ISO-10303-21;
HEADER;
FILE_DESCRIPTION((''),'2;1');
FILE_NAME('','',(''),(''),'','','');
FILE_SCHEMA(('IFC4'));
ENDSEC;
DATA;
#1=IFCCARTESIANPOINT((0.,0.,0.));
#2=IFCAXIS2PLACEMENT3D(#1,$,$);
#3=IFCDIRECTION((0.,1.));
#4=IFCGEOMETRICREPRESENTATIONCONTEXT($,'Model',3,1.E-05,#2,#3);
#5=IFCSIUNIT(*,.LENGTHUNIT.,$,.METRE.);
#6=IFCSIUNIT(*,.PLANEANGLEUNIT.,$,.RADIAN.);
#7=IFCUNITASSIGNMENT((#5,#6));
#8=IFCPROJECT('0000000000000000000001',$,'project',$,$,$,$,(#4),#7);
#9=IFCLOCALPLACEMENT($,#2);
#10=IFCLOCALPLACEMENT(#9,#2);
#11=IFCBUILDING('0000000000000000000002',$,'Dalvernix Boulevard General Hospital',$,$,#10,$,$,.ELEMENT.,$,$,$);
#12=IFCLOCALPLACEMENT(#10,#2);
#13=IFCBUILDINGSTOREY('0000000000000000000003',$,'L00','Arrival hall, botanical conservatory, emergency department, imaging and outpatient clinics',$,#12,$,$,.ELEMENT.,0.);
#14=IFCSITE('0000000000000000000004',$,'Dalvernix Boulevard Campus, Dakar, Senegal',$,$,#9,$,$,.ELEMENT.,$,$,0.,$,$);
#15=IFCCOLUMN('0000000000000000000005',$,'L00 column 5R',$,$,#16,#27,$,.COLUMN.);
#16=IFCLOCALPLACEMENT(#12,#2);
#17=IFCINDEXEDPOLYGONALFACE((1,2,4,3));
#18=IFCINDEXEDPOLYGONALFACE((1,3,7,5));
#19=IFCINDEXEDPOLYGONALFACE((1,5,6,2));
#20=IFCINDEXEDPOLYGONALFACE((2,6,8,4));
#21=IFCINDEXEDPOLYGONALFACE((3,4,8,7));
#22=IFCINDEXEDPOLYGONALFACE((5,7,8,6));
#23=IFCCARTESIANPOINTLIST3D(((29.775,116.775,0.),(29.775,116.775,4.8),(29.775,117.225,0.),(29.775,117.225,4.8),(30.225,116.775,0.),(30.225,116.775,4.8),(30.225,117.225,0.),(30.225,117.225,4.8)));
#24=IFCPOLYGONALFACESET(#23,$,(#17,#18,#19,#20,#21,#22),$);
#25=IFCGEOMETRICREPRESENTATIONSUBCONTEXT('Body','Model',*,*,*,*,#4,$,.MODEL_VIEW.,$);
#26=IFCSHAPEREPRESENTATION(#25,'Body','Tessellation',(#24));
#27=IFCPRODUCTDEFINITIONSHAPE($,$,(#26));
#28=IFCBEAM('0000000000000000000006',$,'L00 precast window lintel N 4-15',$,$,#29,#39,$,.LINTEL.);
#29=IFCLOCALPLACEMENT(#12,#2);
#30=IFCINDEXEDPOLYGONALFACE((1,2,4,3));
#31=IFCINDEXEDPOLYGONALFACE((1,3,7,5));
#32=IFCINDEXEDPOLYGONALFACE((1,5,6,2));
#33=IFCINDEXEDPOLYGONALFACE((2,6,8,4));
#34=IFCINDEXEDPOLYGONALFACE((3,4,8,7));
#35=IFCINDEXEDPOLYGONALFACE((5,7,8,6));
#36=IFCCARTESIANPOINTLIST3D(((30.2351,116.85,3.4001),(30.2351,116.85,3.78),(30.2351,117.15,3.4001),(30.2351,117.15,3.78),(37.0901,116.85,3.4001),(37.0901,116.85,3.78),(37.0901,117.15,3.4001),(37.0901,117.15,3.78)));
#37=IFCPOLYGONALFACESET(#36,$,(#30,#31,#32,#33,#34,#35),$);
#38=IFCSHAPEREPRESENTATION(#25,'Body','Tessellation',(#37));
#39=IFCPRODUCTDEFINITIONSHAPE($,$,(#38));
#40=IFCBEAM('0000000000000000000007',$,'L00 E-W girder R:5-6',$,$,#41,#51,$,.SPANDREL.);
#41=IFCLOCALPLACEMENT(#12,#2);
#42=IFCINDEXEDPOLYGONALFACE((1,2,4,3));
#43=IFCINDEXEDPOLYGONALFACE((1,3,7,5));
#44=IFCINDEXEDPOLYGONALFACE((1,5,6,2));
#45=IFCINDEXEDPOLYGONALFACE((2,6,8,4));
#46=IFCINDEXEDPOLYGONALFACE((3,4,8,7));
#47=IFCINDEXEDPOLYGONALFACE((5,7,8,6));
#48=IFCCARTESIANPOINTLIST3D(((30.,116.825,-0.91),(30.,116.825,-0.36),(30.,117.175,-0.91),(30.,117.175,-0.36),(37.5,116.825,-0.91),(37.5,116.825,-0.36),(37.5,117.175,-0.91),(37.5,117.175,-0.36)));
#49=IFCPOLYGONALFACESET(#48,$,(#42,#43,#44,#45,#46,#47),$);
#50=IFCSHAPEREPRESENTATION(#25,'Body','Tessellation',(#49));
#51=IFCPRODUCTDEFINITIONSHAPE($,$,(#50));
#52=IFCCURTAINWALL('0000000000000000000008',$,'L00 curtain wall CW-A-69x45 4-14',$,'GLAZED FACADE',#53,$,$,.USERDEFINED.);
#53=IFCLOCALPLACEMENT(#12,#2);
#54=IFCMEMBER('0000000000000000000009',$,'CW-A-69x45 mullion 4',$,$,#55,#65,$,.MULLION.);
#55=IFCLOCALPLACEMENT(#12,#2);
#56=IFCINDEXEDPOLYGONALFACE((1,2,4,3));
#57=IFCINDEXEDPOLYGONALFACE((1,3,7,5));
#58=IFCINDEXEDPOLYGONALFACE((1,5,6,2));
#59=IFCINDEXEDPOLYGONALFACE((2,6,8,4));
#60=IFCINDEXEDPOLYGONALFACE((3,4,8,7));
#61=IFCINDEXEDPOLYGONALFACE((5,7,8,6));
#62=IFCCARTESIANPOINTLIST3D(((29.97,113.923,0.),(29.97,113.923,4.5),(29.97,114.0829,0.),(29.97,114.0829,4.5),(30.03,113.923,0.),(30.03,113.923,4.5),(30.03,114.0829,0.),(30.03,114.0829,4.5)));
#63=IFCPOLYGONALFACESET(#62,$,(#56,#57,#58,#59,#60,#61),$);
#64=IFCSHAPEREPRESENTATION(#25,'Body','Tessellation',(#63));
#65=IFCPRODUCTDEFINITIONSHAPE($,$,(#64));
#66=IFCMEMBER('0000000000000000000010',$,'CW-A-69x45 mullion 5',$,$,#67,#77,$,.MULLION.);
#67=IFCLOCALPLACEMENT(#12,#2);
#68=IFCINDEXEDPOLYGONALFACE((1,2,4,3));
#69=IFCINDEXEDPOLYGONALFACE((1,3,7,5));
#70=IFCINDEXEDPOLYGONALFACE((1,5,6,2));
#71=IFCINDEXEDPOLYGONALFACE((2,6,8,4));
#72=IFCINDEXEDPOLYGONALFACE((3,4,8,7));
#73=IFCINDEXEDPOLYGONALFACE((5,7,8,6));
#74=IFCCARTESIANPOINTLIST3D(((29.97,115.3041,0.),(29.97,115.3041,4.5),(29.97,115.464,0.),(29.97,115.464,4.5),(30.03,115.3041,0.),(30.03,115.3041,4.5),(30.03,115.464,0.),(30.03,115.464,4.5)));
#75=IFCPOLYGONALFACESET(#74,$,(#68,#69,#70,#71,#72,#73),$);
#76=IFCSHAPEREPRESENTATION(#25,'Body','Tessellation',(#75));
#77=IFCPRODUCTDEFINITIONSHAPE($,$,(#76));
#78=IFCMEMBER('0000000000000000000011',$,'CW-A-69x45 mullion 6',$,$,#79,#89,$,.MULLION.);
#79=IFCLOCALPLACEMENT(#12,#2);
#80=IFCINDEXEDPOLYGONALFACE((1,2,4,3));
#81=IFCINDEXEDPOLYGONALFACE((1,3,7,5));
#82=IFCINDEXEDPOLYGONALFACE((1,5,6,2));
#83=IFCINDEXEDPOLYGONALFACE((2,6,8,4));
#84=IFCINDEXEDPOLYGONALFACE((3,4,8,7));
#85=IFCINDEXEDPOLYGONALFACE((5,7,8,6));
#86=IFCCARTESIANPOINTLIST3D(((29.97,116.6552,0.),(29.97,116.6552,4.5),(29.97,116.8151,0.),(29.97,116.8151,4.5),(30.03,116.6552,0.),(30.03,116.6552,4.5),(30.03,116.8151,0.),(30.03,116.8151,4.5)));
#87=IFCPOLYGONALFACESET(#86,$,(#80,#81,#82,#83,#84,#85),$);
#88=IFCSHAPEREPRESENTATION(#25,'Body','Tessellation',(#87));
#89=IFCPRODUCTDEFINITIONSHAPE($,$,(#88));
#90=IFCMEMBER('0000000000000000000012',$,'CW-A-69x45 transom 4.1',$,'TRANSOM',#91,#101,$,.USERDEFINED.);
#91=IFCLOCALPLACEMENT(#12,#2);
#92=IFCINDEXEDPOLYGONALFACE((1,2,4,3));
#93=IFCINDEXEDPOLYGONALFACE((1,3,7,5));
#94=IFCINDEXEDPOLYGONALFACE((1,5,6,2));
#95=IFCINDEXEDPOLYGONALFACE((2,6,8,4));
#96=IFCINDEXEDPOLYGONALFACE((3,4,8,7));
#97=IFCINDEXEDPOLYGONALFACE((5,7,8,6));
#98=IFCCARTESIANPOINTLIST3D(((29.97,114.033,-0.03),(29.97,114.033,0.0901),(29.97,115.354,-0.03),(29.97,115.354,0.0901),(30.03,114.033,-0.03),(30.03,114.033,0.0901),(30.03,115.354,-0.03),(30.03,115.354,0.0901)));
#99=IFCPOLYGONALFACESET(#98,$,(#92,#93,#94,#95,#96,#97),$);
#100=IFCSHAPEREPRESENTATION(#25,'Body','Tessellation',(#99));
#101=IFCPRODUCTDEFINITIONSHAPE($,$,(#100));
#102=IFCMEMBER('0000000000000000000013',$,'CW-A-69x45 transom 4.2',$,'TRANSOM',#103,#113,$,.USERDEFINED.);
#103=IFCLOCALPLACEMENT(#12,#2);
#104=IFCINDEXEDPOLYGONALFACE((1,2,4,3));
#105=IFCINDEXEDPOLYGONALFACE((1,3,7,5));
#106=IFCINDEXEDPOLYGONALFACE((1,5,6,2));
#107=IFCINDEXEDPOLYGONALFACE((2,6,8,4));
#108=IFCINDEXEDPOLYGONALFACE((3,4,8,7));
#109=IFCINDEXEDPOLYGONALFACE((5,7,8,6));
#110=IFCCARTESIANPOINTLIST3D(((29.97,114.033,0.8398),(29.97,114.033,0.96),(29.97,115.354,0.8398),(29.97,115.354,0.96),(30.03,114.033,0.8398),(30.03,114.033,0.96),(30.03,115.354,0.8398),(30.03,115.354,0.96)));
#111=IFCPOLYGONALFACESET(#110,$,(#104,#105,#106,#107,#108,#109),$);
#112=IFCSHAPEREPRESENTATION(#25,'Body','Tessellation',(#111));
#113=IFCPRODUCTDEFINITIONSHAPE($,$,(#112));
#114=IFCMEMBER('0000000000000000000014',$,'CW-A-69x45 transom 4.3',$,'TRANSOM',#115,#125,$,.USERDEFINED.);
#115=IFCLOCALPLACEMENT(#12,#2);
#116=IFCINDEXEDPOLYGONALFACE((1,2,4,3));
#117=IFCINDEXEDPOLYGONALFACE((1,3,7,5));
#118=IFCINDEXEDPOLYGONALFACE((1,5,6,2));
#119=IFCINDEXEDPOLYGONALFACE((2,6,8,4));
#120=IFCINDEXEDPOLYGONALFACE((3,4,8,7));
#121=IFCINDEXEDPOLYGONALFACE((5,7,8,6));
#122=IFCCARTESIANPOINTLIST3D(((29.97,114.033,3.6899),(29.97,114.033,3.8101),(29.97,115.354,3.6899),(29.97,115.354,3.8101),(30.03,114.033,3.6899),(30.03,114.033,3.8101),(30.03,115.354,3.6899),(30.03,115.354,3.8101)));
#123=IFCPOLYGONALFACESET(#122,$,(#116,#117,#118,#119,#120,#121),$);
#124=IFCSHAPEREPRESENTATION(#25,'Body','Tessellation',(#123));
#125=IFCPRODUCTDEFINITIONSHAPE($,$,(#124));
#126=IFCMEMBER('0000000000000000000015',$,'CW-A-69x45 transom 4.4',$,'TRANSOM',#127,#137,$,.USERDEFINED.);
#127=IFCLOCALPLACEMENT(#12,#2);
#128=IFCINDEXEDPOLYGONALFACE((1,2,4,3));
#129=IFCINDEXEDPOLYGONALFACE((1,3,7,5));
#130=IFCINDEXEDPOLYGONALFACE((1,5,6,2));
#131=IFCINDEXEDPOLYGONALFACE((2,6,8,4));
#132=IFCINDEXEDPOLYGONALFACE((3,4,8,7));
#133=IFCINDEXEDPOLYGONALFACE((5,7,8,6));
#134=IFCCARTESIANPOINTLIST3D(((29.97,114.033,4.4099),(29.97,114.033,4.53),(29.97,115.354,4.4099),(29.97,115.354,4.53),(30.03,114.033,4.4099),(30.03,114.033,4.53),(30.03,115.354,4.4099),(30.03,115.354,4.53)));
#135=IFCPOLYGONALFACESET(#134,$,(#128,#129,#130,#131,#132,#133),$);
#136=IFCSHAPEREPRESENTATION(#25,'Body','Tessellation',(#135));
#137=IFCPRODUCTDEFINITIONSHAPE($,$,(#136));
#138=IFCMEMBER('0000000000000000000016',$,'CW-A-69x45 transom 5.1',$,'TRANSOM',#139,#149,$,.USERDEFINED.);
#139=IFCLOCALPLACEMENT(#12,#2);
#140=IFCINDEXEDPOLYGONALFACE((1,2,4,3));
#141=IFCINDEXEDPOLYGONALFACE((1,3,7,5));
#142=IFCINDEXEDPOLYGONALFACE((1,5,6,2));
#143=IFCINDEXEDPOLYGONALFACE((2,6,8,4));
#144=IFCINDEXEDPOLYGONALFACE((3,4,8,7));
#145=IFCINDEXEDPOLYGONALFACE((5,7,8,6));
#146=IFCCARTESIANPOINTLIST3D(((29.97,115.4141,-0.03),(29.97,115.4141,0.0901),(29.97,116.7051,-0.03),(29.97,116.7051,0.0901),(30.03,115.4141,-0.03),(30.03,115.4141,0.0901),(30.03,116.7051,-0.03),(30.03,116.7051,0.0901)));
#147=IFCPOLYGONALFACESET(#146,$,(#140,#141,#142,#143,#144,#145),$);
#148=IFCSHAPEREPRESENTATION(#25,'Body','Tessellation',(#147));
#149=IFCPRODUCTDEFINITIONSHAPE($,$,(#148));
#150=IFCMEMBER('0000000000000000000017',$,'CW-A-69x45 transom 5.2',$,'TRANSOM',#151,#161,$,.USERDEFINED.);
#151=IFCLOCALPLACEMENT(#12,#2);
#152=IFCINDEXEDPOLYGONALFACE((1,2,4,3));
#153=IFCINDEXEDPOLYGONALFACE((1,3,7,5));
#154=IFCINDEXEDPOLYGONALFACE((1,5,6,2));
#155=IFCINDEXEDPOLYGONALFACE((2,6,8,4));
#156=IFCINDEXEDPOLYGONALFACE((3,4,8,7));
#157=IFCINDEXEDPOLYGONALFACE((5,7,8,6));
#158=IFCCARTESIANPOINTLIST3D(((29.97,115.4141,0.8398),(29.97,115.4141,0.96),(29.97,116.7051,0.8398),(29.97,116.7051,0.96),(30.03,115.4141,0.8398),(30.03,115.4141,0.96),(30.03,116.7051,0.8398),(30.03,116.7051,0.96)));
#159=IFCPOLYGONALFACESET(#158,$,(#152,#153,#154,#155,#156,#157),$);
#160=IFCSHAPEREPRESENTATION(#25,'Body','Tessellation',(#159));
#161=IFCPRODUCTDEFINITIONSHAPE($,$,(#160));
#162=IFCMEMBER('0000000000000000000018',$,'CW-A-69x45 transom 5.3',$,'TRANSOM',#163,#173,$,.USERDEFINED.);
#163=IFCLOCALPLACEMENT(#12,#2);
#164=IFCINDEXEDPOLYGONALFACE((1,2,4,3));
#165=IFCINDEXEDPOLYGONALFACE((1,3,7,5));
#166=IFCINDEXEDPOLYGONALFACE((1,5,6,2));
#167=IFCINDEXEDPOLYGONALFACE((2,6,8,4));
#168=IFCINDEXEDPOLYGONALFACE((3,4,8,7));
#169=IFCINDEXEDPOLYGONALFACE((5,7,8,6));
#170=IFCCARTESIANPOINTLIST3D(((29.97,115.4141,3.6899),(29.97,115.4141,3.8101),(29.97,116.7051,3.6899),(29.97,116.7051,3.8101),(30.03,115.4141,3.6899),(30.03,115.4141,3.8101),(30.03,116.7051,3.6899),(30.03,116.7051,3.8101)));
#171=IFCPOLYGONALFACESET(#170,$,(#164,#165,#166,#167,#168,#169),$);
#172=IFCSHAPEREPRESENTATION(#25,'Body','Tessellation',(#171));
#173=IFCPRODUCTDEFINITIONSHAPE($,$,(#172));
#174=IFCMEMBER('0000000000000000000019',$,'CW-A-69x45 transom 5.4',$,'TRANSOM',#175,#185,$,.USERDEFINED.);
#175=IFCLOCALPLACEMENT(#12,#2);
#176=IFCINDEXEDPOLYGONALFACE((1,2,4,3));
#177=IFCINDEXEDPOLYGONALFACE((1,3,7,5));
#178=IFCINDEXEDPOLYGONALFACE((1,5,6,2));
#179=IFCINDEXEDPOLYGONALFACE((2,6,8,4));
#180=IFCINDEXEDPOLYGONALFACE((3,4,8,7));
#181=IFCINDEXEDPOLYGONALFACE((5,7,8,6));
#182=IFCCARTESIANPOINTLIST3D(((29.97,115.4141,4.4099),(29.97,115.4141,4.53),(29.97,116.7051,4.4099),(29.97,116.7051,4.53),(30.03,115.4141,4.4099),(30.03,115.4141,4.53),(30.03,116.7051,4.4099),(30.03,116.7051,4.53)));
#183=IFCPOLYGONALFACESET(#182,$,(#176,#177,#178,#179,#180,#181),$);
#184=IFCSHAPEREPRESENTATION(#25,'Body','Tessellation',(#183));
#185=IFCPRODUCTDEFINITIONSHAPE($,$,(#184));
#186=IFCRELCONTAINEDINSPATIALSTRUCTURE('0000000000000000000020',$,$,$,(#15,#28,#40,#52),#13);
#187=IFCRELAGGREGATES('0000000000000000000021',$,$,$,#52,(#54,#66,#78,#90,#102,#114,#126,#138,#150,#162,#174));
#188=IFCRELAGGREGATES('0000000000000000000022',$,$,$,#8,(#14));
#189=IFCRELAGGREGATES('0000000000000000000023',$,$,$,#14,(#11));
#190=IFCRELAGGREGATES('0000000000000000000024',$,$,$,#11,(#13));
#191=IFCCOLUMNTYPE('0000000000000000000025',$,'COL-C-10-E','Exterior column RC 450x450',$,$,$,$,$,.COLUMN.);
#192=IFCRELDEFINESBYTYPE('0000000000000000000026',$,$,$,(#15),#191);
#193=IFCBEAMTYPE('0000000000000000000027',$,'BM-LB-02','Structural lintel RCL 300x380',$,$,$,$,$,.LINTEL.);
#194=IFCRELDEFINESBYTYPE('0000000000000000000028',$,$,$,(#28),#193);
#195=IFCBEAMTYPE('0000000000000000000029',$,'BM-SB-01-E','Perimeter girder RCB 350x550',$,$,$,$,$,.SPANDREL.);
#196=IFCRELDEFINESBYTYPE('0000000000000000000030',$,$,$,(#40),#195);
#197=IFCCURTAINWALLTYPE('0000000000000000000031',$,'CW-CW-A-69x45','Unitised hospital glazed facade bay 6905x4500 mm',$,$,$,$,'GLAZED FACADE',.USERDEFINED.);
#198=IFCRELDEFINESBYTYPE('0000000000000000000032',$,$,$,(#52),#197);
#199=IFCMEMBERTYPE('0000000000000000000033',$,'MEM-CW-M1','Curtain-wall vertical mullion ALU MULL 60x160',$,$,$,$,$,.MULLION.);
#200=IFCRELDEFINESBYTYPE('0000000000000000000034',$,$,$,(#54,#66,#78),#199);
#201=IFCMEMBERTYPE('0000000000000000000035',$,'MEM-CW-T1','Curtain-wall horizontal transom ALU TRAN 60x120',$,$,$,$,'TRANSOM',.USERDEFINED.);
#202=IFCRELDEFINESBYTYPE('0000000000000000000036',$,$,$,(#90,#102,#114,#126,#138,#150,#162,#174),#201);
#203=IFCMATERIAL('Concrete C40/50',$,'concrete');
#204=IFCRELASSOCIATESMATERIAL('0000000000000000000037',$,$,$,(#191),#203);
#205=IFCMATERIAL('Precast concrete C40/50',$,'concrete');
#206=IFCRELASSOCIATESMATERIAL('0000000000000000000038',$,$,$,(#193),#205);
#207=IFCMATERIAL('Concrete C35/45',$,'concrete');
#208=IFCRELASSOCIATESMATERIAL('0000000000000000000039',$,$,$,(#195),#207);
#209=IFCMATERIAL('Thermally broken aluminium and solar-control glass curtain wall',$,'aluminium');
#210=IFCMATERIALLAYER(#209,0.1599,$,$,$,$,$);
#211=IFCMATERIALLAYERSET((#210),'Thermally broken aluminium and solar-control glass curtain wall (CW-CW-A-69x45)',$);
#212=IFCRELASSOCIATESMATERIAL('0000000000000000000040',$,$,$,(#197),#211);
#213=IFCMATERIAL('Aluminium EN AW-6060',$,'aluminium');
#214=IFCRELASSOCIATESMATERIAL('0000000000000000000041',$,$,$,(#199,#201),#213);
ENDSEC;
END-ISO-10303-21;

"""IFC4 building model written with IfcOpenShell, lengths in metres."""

from ifc_helpers import new_model, si_unit, direction, frame, origin, origin_2d, place, context, subcontext, project, spatial, rectangle, extrude, material, layer, layer_set, material_profile, profile_set, type_object, element, aggregate, save


model = new_model("IFC4")

# Units and contexts
model_context = context("Model", 3, precision=1e-05, world=origin(), true_north=direction((0.0, 1.0)))
body_context = subcontext(model_context, "Body", "Model", "MODEL_VIEW")
ifc_project = project(units=[si_unit("LENGTHUNIT", "METRE"), si_unit("PLANEANGLEUNIT", "RADIAN")], contexts=[model_context])

# Site, building, storey
site_placement = place(None, origin())
site = spatial("IfcSite", under=ifc_project, at=site_placement, Name="Dalvernix Boulevard Campus, Dakar, Senegal", CompositionType="ELEMENT", RefElevation=0.0)
building_placement = place(site_placement, origin())
building = spatial("IfcBuilding", under=site, at=building_placement, Name="Dalvernix Boulevard General Hospital", CompositionType="ELEMENT")
storey_placement = place(building_placement, origin())
storey = spatial("IfcBuildingStorey", under=building, at=storey_placement, Name="L00", Description="Arrival hall, botanical conservatory, emergency department, imaging and outpatient clinics", CompositionType="ELEMENT", Elevation=0.0)

# Column
ifc_material_1 = material(Name="Concrete C40/50", Category="concrete")
ifc_material_profile_1 = material_profile(ifc_material_1, rectangle(XDim=0.45, YDim=0.45, at=origin_2d()), Name="RC 450x450")
ifc_profile_set_1 = profile_set([ifc_material_profile_1], Name="Concrete C40/50")
column_type = type_object("IfcColumnType", Name="COL-C-10-E", Description="Exterior column RC 450x450", PredefinedType="COLUMN", material=ifc_profile_set_1)
column_placement = place(storey_placement, frame((30.0, 117.0, 0.0), z_axis=(0.0, 0.0, 1.0), x_axis=(1.0, 0.0, 0.0)))
element("IfcColumn", 1, at=column_placement, inside=storey, type_object=column_type, Name="L00 column 5R", PredefinedType="COLUMN", context=body_context, shape_type="SweptSolid", body=[
    extrude(rectangle(XDim=0.45, YDim=0.45, at=origin_2d()), origin(), (0.0, 0.0, 1.0), 4.8),
])

# Beams
ifc_material_2 = material(Name="Precast concrete C40/50", Category="concrete")
ifc_material_profile_2 = material_profile(ifc_material_2, rectangle(XDim=0.3, YDim=0.3799, at=origin_2d()), Name="RCL 300x380")
ifc_profile_set_2 = profile_set([ifc_material_profile_2], Name="Precast concrete C40/50")
beam_type_1 = type_object("IfcBeamType", Name="BM-LB-02", Description="Structural lintel RCL 300x380", PredefinedType="LINTEL", material=ifc_profile_set_2)
beam_1_placement = place(storey_placement, frame((30.2351, 117.0, 3.5901), z_axis=(1.0, 0.0, 0.0), x_axis=(0.0, 1.0, 0.0)))
element("IfcBeam", 2, at=beam_1_placement, inside=storey, type_object=beam_type_1, Name="L00 precast window lintel N 4-15", PredefinedType="LINTEL", context=body_context, shape_type="SweptSolid", body=[
    extrude(rectangle(XDim=0.3, YDim=0.3799, at=origin_2d()), origin(), (0.0, 0.0, 1.0), 6.855),
])
ifc_material_3 = material(Name="Concrete C35/45", Category="concrete")
ifc_material_profile_3 = material_profile(ifc_material_3, rectangle(XDim=0.3501, YDim=0.55, at=origin_2d()), Name="RCB 350x550")
ifc_profile_set_3 = profile_set([ifc_material_profile_3], Name="Concrete C35/45")
beam_type_2 = type_object("IfcBeamType", Name="BM-SB-01-E", Description="Perimeter girder RCB 350x550", PredefinedType="SPANDREL", material=ifc_profile_set_3)
beam_2_placement = place(storey_placement, frame((30.0, 117.0, -0.635), z_axis=(1.0, 0.0, 0.0), x_axis=(0.0, 1.0, 0.0)))
element("IfcBeam", 3, at=beam_2_placement, inside=storey, type_object=beam_type_2, Name="L00 E-W girder R:5-6", PredefinedType="SPANDREL", context=body_context, shape_type="SweptSolid", body=[
    extrude(rectangle(XDim=0.3501, YDim=0.55, at=origin_2d()), origin(), (0.0, 0.0, 1.0), 7.5),
])

# Curtain wall, members
ifc_material_4 = material(Name="Thermally broken aluminium and solar-control glass curtain wall", Category="aluminium")
ifc_layer_1 = layer(ifc_material_4, 0.1599)
ifc_layer_set_1 = layer_set([ifc_layer_1], Name="Thermally broken aluminium and solar-control glass curtain wall (CW-CW-A-69x45)")
curtain_wall_type = type_object("IfcCurtainWallType", Name="CW-CW-A-69x45", Description="Unitised hospital glazed facade bay 6905x4500 mm", ElementType="GLAZED FACADE", PredefinedType="USERDEFINED", material=ifc_layer_set_1)
curtain_wall_placement = place(storey_placement, origin())
curtain_wall = element("IfcCurtainWall", 4, at=curtain_wall_placement, inside=storey, type_object=curtain_wall_type, Name="L00 curtain wall CW-A-69x45 4-14", ObjectType="GLAZED FACADE", PredefinedType="USERDEFINED")
ifc_material_5 = material(Name="Aluminium EN AW-6060", Category="aluminium")
ifc_material_profile_4 = material_profile(ifc_material_5, rectangle(XDim=0.0601, YDim=0.1599, at=origin_2d()), Name="ALU MULL 60x160")
ifc_profile_set_4 = profile_set([ifc_material_profile_4], Name="Aluminium EN AW-6060")
member_type_1 = type_object("IfcMemberType", Name="MEM-CW-M1", Description="Curtain-wall vertical mullion ALU MULL 60x160", PredefinedType="MULLION", material=ifc_profile_set_4)
member_1_placement = place(storey_placement, frame((30.0, 114.0029, 0.0), z_axis=(0.0, 0.0, 1.0), x_axis=(-1.0, 0.0, 0.0)))
member_1 = element("IfcMember", 5, at=member_1_placement, type_object=member_type_1, Name="CW-A-69x45 mullion 4", PredefinedType="MULLION", context=body_context, shape_type="SweptSolid", body=[
    extrude(rectangle(XDim=0.0601, YDim=0.1599, at=origin_2d()), origin(), (0.0, 0.0, 1.0), 4.5),
])
member_2_placement = place(storey_placement, frame((30.0, 115.384, 0.0), z_axis=(0.0, 0.0, 1.0), x_axis=(-1.0, 0.0, 0.0)))
member_2 = element("IfcMember", 6, at=member_2_placement, type_object=member_type_1, Name="CW-A-69x45 mullion 5", PredefinedType="MULLION", context=body_context, shape_type="SweptSolid", body=[
    extrude(rectangle(XDim=0.0601, YDim=0.1599, at=origin_2d()), origin(), (0.0, 0.0, 1.0), 4.5),
])
member_3_placement = place(storey_placement, frame((30.0, 116.7351, 0.0), z_axis=(0.0, 0.0, 1.0), x_axis=(-1.0, 0.0, 0.0)))
member_3 = element("IfcMember", 7, at=member_3_placement, type_object=member_type_1, Name="CW-A-69x45 mullion 6", PredefinedType="MULLION", context=body_context, shape_type="SweptSolid", body=[
    extrude(rectangle(XDim=0.0601, YDim=0.1599, at=origin_2d()), origin(), (0.0, 0.0, 1.0), 4.5),
])
ifc_material_profile_5 = material_profile(ifc_material_5, rectangle(XDim=0.0601, YDim=0.1201, at=origin_2d()), Name="ALU TRAN 60x120")
ifc_profile_set_5 = profile_set([ifc_material_profile_5], Name="Aluminium EN AW-6060")
member_type_2 = type_object("IfcMemberType", Name="MEM-CW-T1", Description="Curtain-wall horizontal transom ALU TRAN 60x120", ElementType="TRANSOM", PredefinedType="USERDEFINED", material=ifc_profile_set_5)
member_4_placement = place(storey_placement, frame((30.0, 114.033, 0.03), z_axis=(0.0, 1.0, 0.0), x_axis=(-1.0, 0.0, 0.0)))
member_4 = element("IfcMember", 8, at=member_4_placement, type_object=member_type_2, Name="CW-A-69x45 transom 4.1", ObjectType="TRANSOM", PredefinedType="USERDEFINED", context=body_context, shape_type="SweptSolid", body=[
    extrude(rectangle(XDim=0.0601, YDim=0.1201, at=origin_2d()), origin(), (0.0, 0.0, 1.0), 1.321),
])
member_5_placement = place(storey_placement, frame((30.0, 114.033, 0.8999), z_axis=(0.0, 1.0, 0.0), x_axis=(-1.0, 0.0, 0.0)))
member_5 = element("IfcMember", 9, at=member_5_placement, type_object=member_type_2, Name="CW-A-69x45 transom 4.2", ObjectType="TRANSOM", PredefinedType="USERDEFINED", context=body_context, shape_type="SweptSolid", body=[
    extrude(rectangle(XDim=0.0601, YDim=0.1201, at=origin_2d()), origin(), (0.0, 0.0, 1.0), 1.321),
])
member_6_placement = place(storey_placement, frame((30.0, 114.033, 3.75), z_axis=(0.0, 1.0, 0.0), x_axis=(-1.0, 0.0, 0.0)))
member_6 = element("IfcMember", 10, at=member_6_placement, type_object=member_type_2, Name="CW-A-69x45 transom 4.3", ObjectType="TRANSOM", PredefinedType="USERDEFINED", context=body_context, shape_type="SweptSolid", body=[
    extrude(rectangle(XDim=0.0601, YDim=0.1201, at=origin_2d()), origin(), (0.0, 0.0, 1.0), 1.321),
])
member_7_placement = place(storey_placement, frame((30.0, 114.033, 4.47), z_axis=(0.0, 1.0, 0.0), x_axis=(-1.0, 0.0, 0.0)))
member_7 = element("IfcMember", 11, at=member_7_placement, type_object=member_type_2, Name="CW-A-69x45 transom 4.4", ObjectType="TRANSOM", PredefinedType="USERDEFINED", context=body_context, shape_type="SweptSolid", body=[
    extrude(rectangle(XDim=0.0601, YDim=0.1201, at=origin_2d()), origin(), (0.0, 0.0, 1.0), 1.321),
])
member_8_placement = place(storey_placement, frame((30.0, 115.4141, 0.03), z_axis=(0.0, 1.0, 0.0), x_axis=(-1.0, 0.0, 0.0)))
member_8 = element("IfcMember", 12, at=member_8_placement, type_object=member_type_2, Name="CW-A-69x45 transom 5.1", ObjectType="TRANSOM", PredefinedType="USERDEFINED", context=body_context, shape_type="SweptSolid", body=[
    extrude(rectangle(XDim=0.0601, YDim=0.1201, at=origin_2d()), origin(), (0.0, 0.0, 1.0), 1.291),
])
member_9_placement = place(storey_placement, frame((30.0, 115.4141, 0.8999), z_axis=(0.0, 1.0, 0.0), x_axis=(-1.0, 0.0, 0.0)))
member_9 = element("IfcMember", 13, at=member_9_placement, type_object=member_type_2, Name="CW-A-69x45 transom 5.2", ObjectType="TRANSOM", PredefinedType="USERDEFINED", context=body_context, shape_type="SweptSolid", body=[
    extrude(rectangle(XDim=0.0601, YDim=0.1201, at=origin_2d()), origin(), (0.0, 0.0, 1.0), 1.291),
])
member_10_placement = place(storey_placement, frame((30.0, 115.4141, 3.75), z_axis=(0.0, 1.0, 0.0), x_axis=(-1.0, 0.0, 0.0)))
member_10 = element("IfcMember", 14, at=member_10_placement, type_object=member_type_2, Name="CW-A-69x45 transom 5.3", ObjectType="TRANSOM", PredefinedType="USERDEFINED", context=body_context, shape_type="SweptSolid", body=[
    extrude(rectangle(XDim=0.0601, YDim=0.1201, at=origin_2d()), origin(), (0.0, 0.0, 1.0), 1.291),
])
member_11_placement = place(storey_placement, frame((30.0, 115.4141, 4.47), z_axis=(0.0, 1.0, 0.0), x_axis=(-1.0, 0.0, 0.0)))
member_11 = element("IfcMember", 15, at=member_11_placement, type_object=member_type_2, Name="CW-A-69x45 transom 5.4", ObjectType="TRANSOM", PredefinedType="USERDEFINED", context=body_context, shape_type="SweptSolid", body=[
    extrude(rectangle(XDim=0.0601, YDim=0.1201, at=origin_2d()), origin(), (0.0, 0.0, 1.0), 1.291),
])
aggregate(curtain_wall, [member_1, member_2, member_3, member_4, member_5, member_6, member_7, member_8, member_9, member_10, member_11])

save(model, "model.ifc")
